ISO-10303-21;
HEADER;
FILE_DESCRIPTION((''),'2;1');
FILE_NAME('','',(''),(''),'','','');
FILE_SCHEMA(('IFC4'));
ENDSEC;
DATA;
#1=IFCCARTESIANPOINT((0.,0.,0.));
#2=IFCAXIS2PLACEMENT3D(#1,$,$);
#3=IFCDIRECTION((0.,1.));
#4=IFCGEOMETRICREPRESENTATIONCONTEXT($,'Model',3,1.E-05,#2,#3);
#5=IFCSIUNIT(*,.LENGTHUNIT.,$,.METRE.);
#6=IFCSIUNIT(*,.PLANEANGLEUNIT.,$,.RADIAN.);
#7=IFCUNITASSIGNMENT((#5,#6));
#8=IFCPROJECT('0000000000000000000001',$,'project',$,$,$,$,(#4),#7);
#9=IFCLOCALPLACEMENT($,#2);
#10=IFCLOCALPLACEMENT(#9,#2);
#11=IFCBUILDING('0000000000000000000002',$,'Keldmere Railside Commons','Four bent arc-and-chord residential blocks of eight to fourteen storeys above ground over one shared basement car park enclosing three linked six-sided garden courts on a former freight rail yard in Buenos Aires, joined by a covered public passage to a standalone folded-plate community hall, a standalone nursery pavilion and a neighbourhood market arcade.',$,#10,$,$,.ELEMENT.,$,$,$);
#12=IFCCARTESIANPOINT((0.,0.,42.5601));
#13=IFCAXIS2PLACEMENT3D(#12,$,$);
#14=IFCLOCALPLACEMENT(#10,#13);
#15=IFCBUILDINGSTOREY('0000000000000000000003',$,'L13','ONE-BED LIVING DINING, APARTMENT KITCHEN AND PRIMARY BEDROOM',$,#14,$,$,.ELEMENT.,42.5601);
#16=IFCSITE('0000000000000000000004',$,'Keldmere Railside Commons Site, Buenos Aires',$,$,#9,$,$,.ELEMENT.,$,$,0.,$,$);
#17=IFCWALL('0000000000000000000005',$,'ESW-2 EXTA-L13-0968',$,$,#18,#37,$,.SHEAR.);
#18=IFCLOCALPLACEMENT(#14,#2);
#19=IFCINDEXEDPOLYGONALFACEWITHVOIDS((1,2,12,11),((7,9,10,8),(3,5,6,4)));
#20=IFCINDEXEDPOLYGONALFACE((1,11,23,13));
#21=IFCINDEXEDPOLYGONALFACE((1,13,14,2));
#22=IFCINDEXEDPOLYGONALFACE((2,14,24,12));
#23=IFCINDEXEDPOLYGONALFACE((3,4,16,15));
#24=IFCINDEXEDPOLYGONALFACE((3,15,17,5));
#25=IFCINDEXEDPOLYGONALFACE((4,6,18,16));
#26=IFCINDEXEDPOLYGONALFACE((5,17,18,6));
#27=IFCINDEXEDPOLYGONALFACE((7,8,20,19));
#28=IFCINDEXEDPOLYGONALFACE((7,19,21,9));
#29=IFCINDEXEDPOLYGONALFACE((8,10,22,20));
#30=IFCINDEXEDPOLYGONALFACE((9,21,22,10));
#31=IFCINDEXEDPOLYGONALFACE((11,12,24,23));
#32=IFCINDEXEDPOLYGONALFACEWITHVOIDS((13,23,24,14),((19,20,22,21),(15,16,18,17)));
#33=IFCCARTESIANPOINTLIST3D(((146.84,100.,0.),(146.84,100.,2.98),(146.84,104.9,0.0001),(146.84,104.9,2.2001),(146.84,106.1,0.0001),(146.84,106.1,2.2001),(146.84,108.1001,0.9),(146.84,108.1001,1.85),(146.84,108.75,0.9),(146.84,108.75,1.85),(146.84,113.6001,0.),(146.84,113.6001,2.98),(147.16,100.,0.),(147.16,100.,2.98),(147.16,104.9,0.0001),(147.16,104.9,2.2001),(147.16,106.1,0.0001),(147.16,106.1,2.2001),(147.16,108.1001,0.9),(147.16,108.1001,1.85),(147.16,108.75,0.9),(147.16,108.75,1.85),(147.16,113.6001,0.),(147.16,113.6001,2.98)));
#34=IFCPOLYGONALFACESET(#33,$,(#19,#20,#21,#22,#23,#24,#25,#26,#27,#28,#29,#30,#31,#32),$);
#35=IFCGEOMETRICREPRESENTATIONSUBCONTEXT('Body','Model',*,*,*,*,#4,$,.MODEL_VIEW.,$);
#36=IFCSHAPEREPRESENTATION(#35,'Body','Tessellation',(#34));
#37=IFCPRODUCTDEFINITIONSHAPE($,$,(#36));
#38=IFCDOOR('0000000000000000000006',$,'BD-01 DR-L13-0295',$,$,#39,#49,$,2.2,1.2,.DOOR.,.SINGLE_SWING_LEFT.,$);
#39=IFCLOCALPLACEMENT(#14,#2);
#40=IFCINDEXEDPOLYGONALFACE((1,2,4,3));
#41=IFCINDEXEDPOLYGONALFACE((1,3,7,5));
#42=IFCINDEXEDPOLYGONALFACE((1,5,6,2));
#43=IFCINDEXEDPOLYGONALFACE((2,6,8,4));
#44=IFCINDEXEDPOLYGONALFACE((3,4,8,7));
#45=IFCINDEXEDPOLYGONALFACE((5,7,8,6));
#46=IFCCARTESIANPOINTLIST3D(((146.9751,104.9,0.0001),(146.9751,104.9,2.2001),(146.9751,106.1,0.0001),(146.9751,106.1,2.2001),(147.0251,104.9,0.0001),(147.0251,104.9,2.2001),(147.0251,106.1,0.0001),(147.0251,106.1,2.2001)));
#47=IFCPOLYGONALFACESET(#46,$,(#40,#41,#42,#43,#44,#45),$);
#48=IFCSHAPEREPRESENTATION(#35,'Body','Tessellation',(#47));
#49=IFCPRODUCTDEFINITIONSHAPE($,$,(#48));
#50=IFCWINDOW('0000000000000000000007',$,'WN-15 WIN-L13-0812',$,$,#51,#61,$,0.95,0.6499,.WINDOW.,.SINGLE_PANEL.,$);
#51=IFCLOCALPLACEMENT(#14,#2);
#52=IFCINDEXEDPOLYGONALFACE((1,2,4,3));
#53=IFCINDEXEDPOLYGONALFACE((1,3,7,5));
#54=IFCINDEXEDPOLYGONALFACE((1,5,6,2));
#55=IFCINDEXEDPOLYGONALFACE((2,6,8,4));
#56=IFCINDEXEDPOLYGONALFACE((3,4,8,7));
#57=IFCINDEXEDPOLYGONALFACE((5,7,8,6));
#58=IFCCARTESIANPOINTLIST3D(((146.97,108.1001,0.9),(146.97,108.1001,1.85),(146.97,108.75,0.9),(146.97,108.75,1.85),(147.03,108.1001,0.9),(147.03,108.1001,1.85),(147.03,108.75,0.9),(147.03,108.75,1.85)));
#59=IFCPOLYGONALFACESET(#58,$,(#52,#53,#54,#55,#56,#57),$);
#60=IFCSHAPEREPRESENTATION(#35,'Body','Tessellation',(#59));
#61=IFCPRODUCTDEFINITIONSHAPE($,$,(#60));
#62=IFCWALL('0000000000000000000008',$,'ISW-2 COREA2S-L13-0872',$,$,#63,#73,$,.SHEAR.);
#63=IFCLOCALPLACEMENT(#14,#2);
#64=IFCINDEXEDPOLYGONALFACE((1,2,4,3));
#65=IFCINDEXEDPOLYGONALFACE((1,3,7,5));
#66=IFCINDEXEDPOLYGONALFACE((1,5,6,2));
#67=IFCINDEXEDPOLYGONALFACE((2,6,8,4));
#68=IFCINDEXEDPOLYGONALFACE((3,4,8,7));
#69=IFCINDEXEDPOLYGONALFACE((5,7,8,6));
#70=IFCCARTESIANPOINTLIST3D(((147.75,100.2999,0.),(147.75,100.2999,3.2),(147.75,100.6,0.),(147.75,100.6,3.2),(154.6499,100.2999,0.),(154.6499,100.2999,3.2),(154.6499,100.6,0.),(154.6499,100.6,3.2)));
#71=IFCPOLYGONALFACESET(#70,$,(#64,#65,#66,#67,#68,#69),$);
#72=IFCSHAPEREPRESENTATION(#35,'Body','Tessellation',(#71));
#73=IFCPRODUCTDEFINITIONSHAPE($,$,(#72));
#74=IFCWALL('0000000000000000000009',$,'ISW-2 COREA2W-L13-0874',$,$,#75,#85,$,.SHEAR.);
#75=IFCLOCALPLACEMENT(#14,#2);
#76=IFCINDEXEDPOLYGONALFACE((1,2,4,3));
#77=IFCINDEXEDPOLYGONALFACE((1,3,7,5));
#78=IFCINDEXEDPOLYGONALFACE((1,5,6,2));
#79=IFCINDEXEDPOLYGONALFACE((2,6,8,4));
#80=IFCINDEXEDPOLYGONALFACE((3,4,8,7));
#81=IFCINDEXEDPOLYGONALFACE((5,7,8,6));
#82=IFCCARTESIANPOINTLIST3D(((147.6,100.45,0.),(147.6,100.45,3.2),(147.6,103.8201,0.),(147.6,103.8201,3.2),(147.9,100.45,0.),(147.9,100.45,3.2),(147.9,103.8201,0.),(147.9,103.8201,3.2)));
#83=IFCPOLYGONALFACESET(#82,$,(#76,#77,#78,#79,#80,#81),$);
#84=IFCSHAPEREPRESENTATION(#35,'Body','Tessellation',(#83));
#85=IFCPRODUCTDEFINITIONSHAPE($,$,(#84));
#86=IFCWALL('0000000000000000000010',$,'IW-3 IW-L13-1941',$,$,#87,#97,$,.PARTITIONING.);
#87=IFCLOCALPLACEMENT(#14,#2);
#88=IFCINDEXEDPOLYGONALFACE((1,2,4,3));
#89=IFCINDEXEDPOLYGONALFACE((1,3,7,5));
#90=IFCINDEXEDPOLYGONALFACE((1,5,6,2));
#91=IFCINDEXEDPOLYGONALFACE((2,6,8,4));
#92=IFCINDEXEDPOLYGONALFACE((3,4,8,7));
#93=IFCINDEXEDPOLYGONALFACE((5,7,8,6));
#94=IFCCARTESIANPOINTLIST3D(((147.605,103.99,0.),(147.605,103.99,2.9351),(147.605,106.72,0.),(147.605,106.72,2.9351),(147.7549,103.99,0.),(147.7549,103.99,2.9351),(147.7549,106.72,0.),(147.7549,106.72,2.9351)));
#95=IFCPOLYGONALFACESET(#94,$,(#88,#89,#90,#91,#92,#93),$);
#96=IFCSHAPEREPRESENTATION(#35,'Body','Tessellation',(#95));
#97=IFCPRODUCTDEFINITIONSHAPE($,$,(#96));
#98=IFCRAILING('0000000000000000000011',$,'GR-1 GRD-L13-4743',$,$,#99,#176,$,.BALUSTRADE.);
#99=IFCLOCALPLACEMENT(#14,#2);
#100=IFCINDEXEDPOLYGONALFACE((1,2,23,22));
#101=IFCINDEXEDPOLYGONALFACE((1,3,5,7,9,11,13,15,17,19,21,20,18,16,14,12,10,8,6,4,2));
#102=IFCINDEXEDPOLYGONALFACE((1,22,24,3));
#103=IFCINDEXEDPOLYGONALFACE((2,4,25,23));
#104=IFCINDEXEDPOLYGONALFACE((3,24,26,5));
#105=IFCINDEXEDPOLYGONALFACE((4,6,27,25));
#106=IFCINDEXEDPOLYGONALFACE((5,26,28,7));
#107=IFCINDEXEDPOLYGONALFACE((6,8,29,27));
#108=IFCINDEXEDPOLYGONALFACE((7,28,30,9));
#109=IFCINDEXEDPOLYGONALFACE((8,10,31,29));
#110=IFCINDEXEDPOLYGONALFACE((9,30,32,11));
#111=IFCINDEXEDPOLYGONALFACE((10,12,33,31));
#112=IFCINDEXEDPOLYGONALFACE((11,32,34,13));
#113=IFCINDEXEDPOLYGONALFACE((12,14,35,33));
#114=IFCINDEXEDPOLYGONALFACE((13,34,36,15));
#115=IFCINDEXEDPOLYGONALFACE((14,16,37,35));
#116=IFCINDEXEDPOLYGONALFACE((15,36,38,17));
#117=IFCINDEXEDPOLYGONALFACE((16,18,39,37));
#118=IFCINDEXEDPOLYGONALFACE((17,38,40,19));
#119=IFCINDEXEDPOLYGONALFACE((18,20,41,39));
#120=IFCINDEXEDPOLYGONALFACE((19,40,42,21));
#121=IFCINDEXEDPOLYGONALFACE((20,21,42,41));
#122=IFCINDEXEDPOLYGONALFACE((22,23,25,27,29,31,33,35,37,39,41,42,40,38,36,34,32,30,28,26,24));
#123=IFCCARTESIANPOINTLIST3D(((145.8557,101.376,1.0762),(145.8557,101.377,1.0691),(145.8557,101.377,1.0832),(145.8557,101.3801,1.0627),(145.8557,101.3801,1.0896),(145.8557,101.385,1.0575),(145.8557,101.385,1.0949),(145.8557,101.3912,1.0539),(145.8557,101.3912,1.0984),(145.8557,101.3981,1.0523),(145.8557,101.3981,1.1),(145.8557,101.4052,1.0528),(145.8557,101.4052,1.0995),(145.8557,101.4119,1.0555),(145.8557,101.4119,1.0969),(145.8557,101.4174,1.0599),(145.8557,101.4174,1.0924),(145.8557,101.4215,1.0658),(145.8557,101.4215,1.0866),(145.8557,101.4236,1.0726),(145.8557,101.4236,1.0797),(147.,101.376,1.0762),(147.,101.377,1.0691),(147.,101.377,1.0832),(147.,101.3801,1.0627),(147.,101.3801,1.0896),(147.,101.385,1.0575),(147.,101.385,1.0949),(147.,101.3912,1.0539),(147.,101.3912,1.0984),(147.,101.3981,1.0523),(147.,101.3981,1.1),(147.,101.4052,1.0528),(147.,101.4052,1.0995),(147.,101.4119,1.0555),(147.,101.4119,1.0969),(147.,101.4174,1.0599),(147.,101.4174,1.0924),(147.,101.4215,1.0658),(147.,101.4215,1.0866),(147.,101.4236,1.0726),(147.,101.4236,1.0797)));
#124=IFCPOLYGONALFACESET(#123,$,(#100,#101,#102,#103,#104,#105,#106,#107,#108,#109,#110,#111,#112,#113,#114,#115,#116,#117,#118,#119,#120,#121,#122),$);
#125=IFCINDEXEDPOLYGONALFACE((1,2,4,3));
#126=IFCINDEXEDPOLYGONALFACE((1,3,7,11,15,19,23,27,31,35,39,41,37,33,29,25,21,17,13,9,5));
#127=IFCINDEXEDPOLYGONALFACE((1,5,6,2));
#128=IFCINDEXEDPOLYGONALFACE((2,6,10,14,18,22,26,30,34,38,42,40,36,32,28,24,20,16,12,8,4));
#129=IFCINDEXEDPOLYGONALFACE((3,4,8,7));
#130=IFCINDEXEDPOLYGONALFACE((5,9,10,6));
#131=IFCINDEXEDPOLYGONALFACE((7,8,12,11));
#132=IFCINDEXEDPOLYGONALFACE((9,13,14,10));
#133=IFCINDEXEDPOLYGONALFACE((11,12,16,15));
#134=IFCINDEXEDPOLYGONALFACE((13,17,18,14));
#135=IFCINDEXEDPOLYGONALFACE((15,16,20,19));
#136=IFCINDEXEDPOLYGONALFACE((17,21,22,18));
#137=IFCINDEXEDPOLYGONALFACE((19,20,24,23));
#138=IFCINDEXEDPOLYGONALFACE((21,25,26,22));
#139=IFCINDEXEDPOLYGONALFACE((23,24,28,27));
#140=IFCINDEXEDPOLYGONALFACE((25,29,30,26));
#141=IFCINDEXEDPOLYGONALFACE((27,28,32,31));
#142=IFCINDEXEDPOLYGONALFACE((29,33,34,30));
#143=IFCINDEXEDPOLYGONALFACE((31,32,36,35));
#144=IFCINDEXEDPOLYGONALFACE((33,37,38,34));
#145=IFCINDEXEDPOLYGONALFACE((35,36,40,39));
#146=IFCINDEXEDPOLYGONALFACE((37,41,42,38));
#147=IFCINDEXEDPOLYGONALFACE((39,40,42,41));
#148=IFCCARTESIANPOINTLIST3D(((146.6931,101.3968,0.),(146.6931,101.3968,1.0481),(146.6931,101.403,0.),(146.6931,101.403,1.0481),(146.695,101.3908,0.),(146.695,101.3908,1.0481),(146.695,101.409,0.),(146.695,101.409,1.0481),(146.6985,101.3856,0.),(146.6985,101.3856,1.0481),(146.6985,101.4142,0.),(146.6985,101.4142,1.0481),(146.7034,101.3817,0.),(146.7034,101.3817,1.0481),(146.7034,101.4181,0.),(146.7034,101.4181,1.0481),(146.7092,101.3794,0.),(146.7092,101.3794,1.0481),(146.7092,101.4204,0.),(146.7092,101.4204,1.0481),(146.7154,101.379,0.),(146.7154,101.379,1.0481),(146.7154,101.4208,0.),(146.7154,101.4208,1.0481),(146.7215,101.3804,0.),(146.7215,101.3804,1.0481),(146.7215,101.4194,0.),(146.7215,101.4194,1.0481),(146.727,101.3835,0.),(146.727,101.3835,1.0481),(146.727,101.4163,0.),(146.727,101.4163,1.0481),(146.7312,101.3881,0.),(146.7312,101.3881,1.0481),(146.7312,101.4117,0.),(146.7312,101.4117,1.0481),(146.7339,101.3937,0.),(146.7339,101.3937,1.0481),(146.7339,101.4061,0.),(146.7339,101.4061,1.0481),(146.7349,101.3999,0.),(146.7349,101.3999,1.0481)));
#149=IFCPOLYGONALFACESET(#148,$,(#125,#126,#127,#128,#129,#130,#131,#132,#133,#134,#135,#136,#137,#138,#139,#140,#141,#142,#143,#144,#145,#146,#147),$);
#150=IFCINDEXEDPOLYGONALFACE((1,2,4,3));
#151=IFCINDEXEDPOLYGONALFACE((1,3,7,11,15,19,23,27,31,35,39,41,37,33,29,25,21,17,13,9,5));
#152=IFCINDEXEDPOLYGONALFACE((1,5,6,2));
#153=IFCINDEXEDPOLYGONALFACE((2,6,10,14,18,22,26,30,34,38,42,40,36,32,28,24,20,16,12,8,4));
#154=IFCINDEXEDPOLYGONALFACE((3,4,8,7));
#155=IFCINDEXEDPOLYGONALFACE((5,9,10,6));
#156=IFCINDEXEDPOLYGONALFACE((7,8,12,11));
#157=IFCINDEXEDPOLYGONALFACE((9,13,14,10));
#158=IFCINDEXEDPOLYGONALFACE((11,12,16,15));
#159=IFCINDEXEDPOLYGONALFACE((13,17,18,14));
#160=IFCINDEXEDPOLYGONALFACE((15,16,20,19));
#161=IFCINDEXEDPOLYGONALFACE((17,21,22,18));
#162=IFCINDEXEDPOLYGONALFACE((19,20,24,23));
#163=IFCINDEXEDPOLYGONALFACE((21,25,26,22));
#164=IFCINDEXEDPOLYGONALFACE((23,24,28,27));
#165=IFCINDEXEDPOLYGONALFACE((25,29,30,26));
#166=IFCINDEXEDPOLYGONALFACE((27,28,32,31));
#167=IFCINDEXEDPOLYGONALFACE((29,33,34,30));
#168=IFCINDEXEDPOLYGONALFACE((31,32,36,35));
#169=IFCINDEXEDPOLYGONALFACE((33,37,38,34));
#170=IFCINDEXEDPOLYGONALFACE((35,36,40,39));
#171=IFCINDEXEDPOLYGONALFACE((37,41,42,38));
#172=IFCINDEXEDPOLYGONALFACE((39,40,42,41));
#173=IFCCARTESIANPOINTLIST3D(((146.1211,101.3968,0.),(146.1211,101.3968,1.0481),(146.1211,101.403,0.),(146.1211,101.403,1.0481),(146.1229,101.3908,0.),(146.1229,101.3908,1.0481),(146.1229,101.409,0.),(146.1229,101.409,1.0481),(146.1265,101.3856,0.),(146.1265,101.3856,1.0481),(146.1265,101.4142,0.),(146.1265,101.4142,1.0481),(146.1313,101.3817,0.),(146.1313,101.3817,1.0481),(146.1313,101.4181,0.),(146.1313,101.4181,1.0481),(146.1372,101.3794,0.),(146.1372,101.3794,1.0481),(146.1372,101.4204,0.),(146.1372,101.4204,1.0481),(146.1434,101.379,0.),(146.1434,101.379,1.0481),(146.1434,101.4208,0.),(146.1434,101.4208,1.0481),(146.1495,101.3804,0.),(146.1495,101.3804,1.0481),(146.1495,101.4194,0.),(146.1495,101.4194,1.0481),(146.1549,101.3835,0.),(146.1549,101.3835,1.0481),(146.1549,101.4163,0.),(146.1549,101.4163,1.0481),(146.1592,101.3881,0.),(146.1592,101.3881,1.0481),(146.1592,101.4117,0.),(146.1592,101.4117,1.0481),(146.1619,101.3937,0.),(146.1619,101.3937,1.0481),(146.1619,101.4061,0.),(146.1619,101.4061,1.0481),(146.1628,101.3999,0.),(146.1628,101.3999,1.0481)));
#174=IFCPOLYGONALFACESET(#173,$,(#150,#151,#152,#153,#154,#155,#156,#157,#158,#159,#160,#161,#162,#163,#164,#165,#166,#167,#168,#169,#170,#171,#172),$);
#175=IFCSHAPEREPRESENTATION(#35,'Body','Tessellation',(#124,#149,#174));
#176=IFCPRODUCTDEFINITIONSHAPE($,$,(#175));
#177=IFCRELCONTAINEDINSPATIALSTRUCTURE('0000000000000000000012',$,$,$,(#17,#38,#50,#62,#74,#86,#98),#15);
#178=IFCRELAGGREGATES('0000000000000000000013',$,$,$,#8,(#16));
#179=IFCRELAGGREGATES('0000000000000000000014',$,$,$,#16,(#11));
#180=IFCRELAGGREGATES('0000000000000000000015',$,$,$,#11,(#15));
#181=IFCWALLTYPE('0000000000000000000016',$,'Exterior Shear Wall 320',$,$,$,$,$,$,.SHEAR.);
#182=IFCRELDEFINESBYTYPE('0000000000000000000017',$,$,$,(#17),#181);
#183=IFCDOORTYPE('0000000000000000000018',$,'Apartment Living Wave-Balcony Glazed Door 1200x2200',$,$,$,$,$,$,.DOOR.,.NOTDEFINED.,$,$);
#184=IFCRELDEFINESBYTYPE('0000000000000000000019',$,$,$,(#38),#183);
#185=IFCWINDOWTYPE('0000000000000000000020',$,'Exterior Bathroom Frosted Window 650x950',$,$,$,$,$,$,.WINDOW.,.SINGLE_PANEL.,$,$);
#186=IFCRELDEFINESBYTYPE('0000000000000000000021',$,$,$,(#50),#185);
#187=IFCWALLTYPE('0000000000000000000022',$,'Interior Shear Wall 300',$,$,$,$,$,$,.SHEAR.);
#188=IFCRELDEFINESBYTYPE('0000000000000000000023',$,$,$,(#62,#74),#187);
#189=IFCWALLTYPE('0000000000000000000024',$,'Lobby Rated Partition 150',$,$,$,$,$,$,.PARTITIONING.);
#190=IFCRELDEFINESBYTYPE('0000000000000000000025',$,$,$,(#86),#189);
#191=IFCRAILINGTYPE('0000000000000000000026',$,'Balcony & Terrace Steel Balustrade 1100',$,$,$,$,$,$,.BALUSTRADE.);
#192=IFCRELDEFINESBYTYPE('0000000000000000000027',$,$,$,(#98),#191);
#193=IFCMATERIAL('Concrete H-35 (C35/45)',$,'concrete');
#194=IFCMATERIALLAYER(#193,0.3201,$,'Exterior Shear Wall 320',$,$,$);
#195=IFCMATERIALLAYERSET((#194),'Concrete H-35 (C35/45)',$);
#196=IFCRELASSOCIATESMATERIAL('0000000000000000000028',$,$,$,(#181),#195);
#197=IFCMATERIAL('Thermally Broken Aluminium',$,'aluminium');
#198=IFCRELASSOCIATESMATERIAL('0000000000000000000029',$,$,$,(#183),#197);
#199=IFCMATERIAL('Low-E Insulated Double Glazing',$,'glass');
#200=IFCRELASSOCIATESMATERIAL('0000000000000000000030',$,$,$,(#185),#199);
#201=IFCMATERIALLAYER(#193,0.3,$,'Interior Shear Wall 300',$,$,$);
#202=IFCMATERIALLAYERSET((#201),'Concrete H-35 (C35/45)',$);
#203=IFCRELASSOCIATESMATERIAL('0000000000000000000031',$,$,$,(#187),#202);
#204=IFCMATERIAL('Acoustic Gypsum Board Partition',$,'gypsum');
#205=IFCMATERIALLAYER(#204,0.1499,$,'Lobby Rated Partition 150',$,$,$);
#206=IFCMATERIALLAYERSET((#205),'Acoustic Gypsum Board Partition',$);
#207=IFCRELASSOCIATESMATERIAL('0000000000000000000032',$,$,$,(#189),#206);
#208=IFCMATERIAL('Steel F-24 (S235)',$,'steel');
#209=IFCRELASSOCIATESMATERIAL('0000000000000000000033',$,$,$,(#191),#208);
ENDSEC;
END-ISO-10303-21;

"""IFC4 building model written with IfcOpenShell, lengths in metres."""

from ifc_helpers import new_model, si_unit, direction, frame, frame_2d, origin, origin_2d, place, context, subcontext, project, spatial, rectangle, circle, extrude, material, layer, layer_set, type_object, element, fill, save


model = new_model("IFC4")

# Units and contexts
model_context = context("Model", 3, precision=1e-05, world=origin(), true_north=direction((0.0, 1.0)))
body_context = subcontext(model_context, "Body", "Model", "MODEL_VIEW")
ifc_project = project(units=[si_unit("LENGTHUNIT", "METRE"), si_unit("PLANEANGLEUNIT", "RADIAN")], contexts=[model_context])

# Site, building, storey
site_placement = place(None, origin())
site = spatial("IfcSite", under=ifc_project, at=site_placement, Name="Keldmere Railside Commons Site, Buenos Aires", CompositionType="ELEMENT", RefElevation=0.0)
building_placement = place(site_placement, origin())
building = spatial("IfcBuilding", under=site, at=building_placement, Name="Keldmere Railside Commons", Description="Four bent arc-and-chord residential blocks of eight to fourteen storeys above ground over one shared basement car park enclosing three linked six-sided garden courts on a former freight rail yard in Buenos Aires, joined by a covered public passage to a standalone folded-plate community hall, a standalone nursery pavilion and a neighbourhood market arcade.", CompositionType="ELEMENT")
storey_placement = place(building_placement, frame((0.0, 0.0, 42.5601)))
storey = spatial("IfcBuildingStorey", under=building, at=storey_placement, Name="L13", Description="ONE-BED LIVING DINING, APARTMENT KITCHEN AND PRIMARY BEDROOM", CompositionType="ELEMENT", Elevation=42.5601)

# Wall, openings, door, window
ifc_material_1 = material(Name="Concrete H-35 (C35/45)", Category="concrete")
ifc_layer_1 = layer(ifc_material_1, 0.3201, Name="Exterior Shear Wall 320")
ifc_layer_set_1 = layer_set([ifc_layer_1], Name="Concrete H-35 (C35/45)")
wall_type_1 = type_object("IfcWallType", Name="Exterior Shear Wall 320", PredefinedType="SHEAR", material=ifc_layer_set_1)
wall_1_placement = place(storey_placement, frame((147.0, 100.0, 0.0), z_axis=(0.0, 0.0, 1.0), x_axis=(0.0, 1.0, 0.0)))
wall_1 = element("IfcWall", 1, at=wall_1_placement, inside=storey, type_object=wall_type_1, Name="ESW-2 EXTA-L13-0968", PredefinedType="SHEAR", context=body_context, shape_type="SweptSolid", body=[
    extrude(rectangle(XDim=13.6001, YDim=0.3201, at=frame_2d((6.8, 0.0))), origin(), (0.0, 0.0, 1.0), 2.98),
])
opening_1_placement = place(wall_1_placement, frame((4.8999, 0.0, 0.0)))
opening_1 = element("IfcOpeningElement", 2, at=opening_1_placement, cuts=wall_1, PredefinedType="OPENING", context=body_context, shape_type="SweptSolid", body=[
    extrude(rectangle(XDim=1.2, YDim=2.2, at=frame_2d((0.6001, 1.1001))), frame((0.0, 0.1699, 0.0), z_axis=(0.0, -1.0, 0.0), x_axis=(1.0, 0.0, 0.0)), (0.0, 0.0, 1.0), 0.3401),
])
opening_2_placement = place(wall_1_placement, frame((8.1001, 0.0, 0.8999)))
opening_2 = element("IfcOpeningElement", 3, at=opening_2_placement, cuts=wall_1, PredefinedType="OPENING", context=body_context, shape_type="SweptSolid", body=[
    extrude(rectangle(XDim=0.6499, YDim=0.95, at=frame_2d((0.325, 0.4751))), frame((0.0, 0.1699, 0.0), z_axis=(0.0, -1.0, 0.0), x_axis=(1.0, 0.0, 0.0)), (0.0, 0.0, 1.0), 0.3401),
])
ifc_material_2 = material(Name="Thermally Broken Aluminium", Category="aluminium")
door_type = type_object("IfcDoorType", Name="Apartment Living Wave-Balcony Glazed Door 1200x2200", OperationType="NOTDEFINED", PredefinedType="DOOR", material=ifc_material_2)
door_placement = place(opening_1_placement, origin())
door = element("IfcDoor", 4, at=door_placement, inside=storey, type_object=door_type, Name="BD-01 DR-L13-0295", OperationType="SINGLE_SWING_LEFT", OverallHeight=2.2, OverallWidth=1.2, PredefinedType="DOOR", context=body_context, shape_type="SweptSolid", body=[
    extrude(rectangle(XDim=1.2, YDim=2.2, at=frame_2d((0.6001, 1.1001))), frame((0.0, 0.0249, 0.0), z_axis=(0.0, -1.0, 0.0), x_axis=(1.0, 0.0, 0.0)), (0.0, 0.0, 1.0), 0.05),
])
fill(opening_1, door)
ifc_material_3 = material(Name="Low-E Insulated Double Glazing", Category="glass")
window_type = type_object("IfcWindowType", Name="Exterior Bathroom Frosted Window 650x950", PartitioningType="SINGLE_PANEL", PredefinedType="WINDOW", material=ifc_material_3)
window_placement = place(opening_2_placement, origin())
window = element("IfcWindow", 5, at=window_placement, inside=storey, type_object=window_type, Name="WN-15 WIN-L13-0812", OverallHeight=0.95, OverallWidth=0.6499, PartitioningType="SINGLE_PANEL", PredefinedType="WINDOW", context=body_context, shape_type="SweptSolid", body=[
    extrude(rectangle(XDim=0.6499, YDim=0.95, at=frame_2d((0.325, 0.4751))), frame((0.0, 0.03, 0.0), z_axis=(0.0, -1.0, 0.0), x_axis=(1.0, 0.0, 0.0)), (0.0, 0.0, 1.0), 0.0601),
])
fill(opening_2, window)

# Walls
ifc_layer_2 = layer(ifc_material_1, 0.3, Name="Interior Shear Wall 300")
ifc_layer_set_2 = layer_set([ifc_layer_2], Name="Concrete H-35 (C35/45)")
wall_type_2 = type_object("IfcWallType", Name="Interior Shear Wall 300", PredefinedType="SHEAR", material=ifc_layer_set_2)
wall_2_placement = place(storey_placement, frame((147.75, 100.45, 0.0), z_axis=(0.0, 0.0, 1.0), x_axis=(1.0, 0.0, 0.0)))
element("IfcWall", 6, at=wall_2_placement, inside=storey, type_object=wall_type_2, Name="ISW-2 COREA2S-L13-0872", PredefinedType="SHEAR", context=body_context, shape_type="SweptSolid", body=[
    extrude(rectangle(XDim=6.8999, YDim=0.3, at=frame_2d((3.45, 0.0))), origin(), (0.0, 0.0, 1.0), 3.2),
])
wall_3_placement = place(storey_placement, frame((147.75, 103.8201, 0.0), z_axis=(0.0, 0.0, 1.0), x_axis=(0.0, -1.0, 0.0)))
element("IfcWall", 7, at=wall_3_placement, inside=storey, type_object=wall_type_2, Name="ISW-2 COREA2W-L13-0874", PredefinedType="SHEAR", context=body_context, shape_type="SweptSolid", body=[
    extrude(rectangle(XDim=3.3701, YDim=0.3, at=frame_2d((1.6851, 0.0))), origin(), (0.0, 0.0, 1.0), 3.2),
])
ifc_material_4 = material(Name="Acoustic Gypsum Board Partition", Category="gypsum")
ifc_layer_3 = layer(ifc_material_4, 0.1499, Name="Lobby Rated Partition 150")
ifc_layer_set_3 = layer_set([ifc_layer_3], Name="Acoustic Gypsum Board Partition")
wall_type_3 = type_object("IfcWallType", Name="Lobby Rated Partition 150", PredefinedType="PARTITIONING", material=ifc_layer_set_3)
wall_4_placement = place(storey_placement, frame((147.6799, 103.99, 0.0), z_axis=(0.0, 0.0, 1.0), x_axis=(0.0, 1.0, 0.0)))
element("IfcWall", 8, at=wall_4_placement, inside=storey, type_object=wall_type_3, Name="IW-3 IW-L13-1941", PredefinedType="PARTITIONING", context=body_context, shape_type="SweptSolid", body=[
    extrude(rectangle(XDim=2.73, YDim=0.1499, at=frame_2d((1.365, 0.0))), origin(), (0.0, 0.0, 1.0), 2.9351),
])

# Railing
ifc_material_5 = material(Name="Steel F-24 (S235)", Category="steel")
railing_type_1 = type_object("IfcRailingType", Name="Balcony & Terrace Steel Balustrade 1100", PredefinedType="BALUSTRADE", material=ifc_material_5)
railing_1_placement = place(storey_placement, frame((147.0, 101.3999, 0.0)))
element("IfcRailing", 9, at=railing_1_placement, inside=storey, type_object=railing_type_1, Name="GR-1 GRD-L13-4743", PredefinedType="BALUSTRADE", context=body_context, shape_type="SweptSolid", body=[
    extrude(circle(Radius=0.0239, at=origin_2d()), frame((0.0, 0.0, 1.0762), z_axis=(-1.0, 0.0, 0.0), x_axis=(0.0, -1.0, 0.0)), (0.0, 0.0, 1.0), 1.1443),
    extrude(circle(Radius=0.021, at=origin_2d()), frame((-0.2861, 0.0, 0.0)), (0.0, 0.0, 1.0), 1.0481),
    extrude(circle(Radius=0.021, at=origin_2d()), frame((-0.8582, 0.0, 0.0)), (0.0, 0.0, 1.0), 1.0481),
])

save(model, "model.ifc")
